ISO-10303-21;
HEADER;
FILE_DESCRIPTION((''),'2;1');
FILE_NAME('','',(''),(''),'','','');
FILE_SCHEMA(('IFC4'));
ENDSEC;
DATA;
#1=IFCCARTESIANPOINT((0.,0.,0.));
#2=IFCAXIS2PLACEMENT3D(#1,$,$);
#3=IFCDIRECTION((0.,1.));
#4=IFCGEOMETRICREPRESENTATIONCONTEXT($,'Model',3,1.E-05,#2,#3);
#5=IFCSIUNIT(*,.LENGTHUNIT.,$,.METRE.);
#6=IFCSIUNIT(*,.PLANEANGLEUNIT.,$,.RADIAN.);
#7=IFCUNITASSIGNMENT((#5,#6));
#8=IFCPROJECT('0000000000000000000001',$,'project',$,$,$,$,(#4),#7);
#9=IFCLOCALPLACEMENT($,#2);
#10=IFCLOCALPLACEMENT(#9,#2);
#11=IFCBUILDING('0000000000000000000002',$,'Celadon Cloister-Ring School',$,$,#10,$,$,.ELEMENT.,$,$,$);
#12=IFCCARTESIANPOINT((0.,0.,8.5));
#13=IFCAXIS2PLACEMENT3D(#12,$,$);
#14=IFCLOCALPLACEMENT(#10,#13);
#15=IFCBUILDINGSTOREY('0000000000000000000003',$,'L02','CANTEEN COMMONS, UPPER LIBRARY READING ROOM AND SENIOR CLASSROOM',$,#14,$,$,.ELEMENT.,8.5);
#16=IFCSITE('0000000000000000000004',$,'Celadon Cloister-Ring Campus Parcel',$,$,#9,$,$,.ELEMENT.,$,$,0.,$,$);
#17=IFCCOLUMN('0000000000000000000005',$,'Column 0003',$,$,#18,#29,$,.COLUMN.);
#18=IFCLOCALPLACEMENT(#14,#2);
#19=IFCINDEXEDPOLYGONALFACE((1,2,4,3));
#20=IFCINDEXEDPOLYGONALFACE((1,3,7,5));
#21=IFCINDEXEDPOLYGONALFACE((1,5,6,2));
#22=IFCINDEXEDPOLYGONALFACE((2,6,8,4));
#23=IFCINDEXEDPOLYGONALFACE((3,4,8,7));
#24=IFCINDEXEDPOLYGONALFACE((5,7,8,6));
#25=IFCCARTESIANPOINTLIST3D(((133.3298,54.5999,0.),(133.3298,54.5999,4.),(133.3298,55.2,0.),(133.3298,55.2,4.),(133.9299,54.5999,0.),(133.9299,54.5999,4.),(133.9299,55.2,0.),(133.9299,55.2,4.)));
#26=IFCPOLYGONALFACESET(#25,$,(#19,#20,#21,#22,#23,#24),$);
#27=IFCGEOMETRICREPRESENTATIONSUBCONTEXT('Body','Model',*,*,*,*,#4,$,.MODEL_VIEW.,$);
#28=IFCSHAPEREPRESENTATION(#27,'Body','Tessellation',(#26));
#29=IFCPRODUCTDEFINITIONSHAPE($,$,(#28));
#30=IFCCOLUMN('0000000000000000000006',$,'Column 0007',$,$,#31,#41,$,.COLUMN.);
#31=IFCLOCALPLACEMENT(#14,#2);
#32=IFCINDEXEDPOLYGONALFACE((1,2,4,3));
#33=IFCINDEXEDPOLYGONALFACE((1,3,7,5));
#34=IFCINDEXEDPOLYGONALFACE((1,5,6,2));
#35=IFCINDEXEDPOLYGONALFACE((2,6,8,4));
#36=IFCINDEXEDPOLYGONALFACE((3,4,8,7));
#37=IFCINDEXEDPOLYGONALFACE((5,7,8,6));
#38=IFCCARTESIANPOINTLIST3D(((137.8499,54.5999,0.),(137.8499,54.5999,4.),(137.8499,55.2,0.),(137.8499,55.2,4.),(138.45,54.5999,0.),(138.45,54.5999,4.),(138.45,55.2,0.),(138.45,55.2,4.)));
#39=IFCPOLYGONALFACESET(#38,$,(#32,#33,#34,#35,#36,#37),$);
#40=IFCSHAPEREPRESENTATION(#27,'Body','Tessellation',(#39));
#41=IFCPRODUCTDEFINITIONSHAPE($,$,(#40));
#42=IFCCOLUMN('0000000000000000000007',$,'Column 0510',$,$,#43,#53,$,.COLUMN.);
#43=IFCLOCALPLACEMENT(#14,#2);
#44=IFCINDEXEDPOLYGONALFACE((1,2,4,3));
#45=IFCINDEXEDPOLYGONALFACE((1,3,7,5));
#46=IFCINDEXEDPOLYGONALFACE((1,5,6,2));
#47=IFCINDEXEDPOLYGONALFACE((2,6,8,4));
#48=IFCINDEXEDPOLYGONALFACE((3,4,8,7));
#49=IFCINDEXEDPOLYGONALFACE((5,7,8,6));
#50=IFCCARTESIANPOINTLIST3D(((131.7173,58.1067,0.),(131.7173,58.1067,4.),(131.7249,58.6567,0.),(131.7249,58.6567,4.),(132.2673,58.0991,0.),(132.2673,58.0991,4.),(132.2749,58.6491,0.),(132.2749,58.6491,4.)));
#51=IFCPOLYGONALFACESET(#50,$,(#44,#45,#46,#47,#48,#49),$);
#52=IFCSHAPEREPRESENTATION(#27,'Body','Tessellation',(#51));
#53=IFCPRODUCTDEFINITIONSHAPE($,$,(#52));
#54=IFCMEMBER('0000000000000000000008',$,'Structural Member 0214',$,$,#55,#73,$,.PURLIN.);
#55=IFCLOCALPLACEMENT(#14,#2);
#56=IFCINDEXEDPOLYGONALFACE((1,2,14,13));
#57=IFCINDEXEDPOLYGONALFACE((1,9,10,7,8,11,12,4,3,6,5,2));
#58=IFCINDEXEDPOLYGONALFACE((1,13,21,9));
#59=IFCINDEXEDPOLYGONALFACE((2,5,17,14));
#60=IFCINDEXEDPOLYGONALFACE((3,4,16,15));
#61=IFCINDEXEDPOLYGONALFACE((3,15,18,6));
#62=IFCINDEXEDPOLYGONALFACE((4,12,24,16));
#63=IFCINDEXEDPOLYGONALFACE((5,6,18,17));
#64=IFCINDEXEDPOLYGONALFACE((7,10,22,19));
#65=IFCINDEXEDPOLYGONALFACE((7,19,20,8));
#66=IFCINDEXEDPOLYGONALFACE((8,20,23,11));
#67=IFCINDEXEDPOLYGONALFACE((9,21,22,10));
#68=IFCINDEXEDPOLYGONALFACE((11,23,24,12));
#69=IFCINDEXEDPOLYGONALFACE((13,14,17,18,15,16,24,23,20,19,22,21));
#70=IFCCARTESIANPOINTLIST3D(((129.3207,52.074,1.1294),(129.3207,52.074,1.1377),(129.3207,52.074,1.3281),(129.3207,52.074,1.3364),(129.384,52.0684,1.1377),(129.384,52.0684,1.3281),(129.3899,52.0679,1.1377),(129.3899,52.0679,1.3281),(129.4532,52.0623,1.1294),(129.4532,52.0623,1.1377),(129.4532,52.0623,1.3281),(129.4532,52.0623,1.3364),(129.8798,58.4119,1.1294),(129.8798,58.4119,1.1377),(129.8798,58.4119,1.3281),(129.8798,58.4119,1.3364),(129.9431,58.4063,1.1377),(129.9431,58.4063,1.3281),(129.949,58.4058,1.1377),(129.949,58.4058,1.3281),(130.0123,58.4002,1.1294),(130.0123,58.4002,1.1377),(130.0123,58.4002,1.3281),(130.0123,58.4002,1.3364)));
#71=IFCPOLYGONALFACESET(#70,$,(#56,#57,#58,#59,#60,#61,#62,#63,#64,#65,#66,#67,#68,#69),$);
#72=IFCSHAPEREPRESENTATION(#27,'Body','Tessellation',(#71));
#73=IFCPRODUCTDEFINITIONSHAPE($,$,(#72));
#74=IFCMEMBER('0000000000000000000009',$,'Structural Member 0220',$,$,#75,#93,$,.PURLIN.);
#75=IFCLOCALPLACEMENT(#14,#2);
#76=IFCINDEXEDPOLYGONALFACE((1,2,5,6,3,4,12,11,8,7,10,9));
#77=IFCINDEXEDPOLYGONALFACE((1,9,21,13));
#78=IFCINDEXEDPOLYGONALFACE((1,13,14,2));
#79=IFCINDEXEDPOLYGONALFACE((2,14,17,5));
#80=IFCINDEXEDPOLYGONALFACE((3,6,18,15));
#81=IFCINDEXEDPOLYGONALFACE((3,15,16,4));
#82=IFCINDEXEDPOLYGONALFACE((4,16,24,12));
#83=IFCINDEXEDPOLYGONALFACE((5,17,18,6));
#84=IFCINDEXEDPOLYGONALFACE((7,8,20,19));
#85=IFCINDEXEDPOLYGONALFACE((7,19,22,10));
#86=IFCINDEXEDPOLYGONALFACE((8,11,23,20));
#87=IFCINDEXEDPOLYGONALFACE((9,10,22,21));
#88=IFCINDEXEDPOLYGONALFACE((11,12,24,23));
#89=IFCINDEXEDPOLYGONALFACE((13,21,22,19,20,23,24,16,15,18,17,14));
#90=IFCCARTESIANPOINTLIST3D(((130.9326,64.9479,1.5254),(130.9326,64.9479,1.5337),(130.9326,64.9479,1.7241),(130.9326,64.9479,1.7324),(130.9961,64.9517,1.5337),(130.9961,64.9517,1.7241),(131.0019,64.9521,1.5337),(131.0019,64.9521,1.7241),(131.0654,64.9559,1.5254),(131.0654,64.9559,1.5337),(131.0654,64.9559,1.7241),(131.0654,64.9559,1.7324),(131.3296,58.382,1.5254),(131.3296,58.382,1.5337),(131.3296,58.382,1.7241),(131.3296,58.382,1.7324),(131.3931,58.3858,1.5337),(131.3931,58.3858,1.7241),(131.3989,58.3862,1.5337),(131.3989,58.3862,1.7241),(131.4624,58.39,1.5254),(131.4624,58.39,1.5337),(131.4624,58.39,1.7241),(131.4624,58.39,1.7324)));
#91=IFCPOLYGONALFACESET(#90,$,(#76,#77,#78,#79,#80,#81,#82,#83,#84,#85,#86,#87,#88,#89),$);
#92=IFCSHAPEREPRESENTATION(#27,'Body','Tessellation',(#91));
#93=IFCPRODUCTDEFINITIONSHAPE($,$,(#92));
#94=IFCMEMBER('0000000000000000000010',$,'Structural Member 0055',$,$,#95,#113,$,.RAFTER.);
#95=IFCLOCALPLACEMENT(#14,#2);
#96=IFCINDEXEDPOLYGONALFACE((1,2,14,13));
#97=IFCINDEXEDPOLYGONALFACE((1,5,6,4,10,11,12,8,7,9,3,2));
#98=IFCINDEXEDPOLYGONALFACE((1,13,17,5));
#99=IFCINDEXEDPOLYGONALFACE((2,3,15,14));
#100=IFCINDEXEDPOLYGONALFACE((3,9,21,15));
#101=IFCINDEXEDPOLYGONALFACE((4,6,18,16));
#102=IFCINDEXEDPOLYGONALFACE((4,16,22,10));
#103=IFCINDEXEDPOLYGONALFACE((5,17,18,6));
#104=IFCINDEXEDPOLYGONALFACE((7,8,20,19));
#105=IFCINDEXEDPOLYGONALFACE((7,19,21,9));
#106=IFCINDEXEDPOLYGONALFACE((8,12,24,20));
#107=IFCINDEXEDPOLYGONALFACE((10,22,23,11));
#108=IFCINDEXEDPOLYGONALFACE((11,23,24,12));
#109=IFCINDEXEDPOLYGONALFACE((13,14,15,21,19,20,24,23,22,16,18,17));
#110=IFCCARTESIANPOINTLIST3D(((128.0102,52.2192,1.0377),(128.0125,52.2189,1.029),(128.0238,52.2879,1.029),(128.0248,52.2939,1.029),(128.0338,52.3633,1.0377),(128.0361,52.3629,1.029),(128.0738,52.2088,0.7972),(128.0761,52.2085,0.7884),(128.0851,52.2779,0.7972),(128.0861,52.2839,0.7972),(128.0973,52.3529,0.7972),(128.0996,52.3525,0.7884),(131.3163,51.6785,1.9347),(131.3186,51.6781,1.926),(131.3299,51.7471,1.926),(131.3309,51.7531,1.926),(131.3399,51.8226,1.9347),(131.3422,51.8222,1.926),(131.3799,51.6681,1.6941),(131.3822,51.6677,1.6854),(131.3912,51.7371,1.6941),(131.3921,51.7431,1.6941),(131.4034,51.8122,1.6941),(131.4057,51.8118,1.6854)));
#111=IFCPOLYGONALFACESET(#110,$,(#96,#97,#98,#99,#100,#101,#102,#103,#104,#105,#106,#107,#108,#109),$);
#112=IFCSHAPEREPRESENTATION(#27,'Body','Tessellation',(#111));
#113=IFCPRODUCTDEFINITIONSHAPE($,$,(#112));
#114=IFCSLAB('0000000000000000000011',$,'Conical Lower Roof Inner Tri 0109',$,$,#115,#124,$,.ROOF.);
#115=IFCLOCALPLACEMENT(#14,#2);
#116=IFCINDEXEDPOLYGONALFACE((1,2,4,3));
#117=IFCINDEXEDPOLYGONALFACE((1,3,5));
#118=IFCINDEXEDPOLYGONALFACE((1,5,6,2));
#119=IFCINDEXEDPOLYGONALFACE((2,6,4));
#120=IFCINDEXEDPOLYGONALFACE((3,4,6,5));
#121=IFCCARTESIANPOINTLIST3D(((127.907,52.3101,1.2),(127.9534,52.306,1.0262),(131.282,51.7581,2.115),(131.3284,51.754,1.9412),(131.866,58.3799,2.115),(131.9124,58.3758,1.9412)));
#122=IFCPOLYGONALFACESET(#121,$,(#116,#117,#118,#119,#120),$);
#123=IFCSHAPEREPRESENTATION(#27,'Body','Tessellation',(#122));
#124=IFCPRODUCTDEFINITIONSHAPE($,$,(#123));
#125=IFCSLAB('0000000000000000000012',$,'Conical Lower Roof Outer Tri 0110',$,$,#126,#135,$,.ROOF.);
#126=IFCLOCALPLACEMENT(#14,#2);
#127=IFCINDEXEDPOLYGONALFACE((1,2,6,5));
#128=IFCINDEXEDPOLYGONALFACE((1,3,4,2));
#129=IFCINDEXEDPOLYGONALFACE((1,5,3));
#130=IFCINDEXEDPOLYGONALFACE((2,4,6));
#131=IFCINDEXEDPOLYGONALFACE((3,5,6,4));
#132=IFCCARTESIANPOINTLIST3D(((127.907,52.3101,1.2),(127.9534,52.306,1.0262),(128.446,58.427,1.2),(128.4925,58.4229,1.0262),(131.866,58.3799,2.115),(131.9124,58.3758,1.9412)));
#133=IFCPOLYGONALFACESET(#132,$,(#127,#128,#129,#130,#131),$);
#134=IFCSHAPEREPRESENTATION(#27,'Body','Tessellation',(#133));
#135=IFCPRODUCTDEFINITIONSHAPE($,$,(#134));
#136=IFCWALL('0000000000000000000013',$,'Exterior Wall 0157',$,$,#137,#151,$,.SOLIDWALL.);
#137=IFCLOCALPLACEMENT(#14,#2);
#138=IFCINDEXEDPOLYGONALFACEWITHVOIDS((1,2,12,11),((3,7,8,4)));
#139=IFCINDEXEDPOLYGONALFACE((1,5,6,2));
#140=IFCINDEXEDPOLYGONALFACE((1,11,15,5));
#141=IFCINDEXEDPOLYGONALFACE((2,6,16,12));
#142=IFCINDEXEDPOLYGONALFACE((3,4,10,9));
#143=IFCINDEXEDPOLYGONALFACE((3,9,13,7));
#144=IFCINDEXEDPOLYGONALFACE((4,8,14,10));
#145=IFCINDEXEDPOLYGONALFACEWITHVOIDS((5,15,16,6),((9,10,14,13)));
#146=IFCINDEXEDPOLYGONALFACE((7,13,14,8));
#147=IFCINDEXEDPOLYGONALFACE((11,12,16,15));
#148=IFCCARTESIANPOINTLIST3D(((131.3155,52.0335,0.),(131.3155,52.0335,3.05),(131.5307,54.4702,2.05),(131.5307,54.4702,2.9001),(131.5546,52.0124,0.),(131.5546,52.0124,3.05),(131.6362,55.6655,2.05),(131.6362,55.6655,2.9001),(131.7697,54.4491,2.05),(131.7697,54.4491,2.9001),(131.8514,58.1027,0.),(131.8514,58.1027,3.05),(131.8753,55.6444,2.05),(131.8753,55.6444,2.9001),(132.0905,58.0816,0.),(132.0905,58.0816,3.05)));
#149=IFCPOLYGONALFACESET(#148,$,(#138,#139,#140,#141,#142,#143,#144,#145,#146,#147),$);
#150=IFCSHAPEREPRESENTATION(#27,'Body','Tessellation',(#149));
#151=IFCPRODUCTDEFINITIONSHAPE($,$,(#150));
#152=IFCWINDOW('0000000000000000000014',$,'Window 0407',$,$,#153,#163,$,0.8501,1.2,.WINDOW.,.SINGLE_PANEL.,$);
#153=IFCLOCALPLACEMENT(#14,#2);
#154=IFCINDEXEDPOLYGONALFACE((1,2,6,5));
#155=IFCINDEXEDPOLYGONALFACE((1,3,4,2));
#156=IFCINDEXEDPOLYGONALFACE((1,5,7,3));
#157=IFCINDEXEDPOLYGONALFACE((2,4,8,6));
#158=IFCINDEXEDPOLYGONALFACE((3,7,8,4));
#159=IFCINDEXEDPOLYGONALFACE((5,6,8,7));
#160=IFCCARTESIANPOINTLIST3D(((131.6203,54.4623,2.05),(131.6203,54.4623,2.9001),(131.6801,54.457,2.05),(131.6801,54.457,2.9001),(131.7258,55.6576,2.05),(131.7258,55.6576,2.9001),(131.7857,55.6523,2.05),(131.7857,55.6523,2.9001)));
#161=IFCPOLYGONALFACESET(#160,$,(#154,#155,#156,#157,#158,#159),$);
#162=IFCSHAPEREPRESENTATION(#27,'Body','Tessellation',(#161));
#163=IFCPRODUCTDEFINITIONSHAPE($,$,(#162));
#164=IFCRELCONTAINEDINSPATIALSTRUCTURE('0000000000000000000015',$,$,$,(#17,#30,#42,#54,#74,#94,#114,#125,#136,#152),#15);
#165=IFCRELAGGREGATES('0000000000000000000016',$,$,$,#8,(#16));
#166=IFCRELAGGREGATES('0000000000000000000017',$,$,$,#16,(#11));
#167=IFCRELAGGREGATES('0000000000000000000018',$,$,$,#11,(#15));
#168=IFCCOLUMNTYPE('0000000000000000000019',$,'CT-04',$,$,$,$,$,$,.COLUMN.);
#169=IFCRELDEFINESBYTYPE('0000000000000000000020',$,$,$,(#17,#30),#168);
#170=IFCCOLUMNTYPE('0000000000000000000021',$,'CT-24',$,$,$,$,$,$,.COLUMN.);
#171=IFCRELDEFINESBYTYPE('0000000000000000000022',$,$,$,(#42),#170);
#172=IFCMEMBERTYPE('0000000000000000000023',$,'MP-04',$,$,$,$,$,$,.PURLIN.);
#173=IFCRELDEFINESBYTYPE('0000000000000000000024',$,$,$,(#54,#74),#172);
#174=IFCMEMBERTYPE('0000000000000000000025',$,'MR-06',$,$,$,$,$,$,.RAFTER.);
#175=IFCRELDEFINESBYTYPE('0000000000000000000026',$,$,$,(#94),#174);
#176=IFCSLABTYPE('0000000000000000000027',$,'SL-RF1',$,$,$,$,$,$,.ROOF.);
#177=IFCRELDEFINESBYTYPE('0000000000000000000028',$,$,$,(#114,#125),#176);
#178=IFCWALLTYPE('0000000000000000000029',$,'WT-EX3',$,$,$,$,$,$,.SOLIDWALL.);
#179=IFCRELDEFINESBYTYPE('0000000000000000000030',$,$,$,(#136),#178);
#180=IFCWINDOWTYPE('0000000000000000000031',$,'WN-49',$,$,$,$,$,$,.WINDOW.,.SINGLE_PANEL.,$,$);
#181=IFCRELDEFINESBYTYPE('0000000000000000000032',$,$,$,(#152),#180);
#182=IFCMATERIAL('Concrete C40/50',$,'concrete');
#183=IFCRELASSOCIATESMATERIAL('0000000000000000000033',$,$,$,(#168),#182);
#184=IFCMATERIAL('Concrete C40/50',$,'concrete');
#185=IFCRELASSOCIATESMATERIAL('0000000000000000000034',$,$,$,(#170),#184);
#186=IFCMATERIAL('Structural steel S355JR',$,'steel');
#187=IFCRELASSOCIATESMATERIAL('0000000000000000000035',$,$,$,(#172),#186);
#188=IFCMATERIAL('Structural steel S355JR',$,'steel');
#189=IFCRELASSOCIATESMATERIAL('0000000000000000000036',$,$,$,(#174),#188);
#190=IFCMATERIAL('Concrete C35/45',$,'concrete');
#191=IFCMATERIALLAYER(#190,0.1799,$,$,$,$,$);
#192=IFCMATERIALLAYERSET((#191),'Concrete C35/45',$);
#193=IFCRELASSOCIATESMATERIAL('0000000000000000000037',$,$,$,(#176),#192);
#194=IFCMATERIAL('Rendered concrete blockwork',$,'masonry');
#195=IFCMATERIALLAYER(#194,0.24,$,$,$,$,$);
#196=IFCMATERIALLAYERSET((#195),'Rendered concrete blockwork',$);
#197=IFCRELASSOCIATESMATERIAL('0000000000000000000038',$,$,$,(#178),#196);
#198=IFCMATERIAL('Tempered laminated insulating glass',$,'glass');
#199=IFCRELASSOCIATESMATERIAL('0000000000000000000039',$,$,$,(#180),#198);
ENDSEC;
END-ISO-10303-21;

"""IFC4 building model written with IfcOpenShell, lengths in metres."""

from ifc_helpers import new_model, si_unit, direction, frame, frame_2d, origin, origin_2d, place, context, subcontext, project, spatial, polyline, rectangle, i_section, outline, extrude, material, layer, layer_set, material_profile, profile_set, type_object, element, fill, save


model = new_model("IFC4")

# Units and contexts
model_context = context("Model", 3, precision=1e-05, world=origin(), true_north=direction((0.0, 1.0)))
body_context = subcontext(model_context, "Body", "Model", "MODEL_VIEW")
ifc_project = project(units=[si_unit("LENGTHUNIT", "METRE"), si_unit("PLANEANGLEUNIT", "RADIAN")], contexts=[model_context])

# Site, building, storey
site_placement = place(None, origin())
site = spatial("IfcSite", under=ifc_project, at=site_placement, Name="Celadon Cloister-Ring Campus Parcel", CompositionType="ELEMENT", RefElevation=0.0)
building_placement = place(site_placement, origin())
building = spatial("IfcBuilding", under=site, at=building_placement, Name="Celadon Cloister-Ring School", CompositionType="ELEMENT")
storey_placement = place(building_placement, frame((0.0, 0.0, 8.5)))
storey = spatial("IfcBuildingStorey", under=building, at=storey_placement, Name="L02", Description="CANTEEN COMMONS, UPPER LIBRARY READING ROOM AND SENIOR CLASSROOM", CompositionType="ELEMENT", Elevation=8.5)

# Columns
ifc_material_1 = material(Name="Concrete C40/50", Category="concrete")
ifc_material_profile_1 = material_profile(ifc_material_1, rectangle(XDim=0.6001, YDim=0.6001, at=origin_2d()), Name="RC600X600")
ifc_profile_set_1 = profile_set([ifc_material_profile_1], Name="Concrete C40/50")
column_type_1 = type_object("IfcColumnType", Name="CT-04", PredefinedType="COLUMN", material=ifc_profile_set_1)
for number, where, z_axis, x_axis, name in (
    (1, (133.6299, 54.8999, 0.0), (0.0, 0.0, 1.0), (1.0, 0.0, 0.0), "Column 0003"),
    (2, (138.1499, 54.8999, 0.0), (0.0, 0.0, 1.0), (1.0, 0.0, 0.0), "Column 0007"),
):
    element("IfcColumn", number, at=place(storey_placement, frame(where, z_axis=z_axis, x_axis=x_axis)), inside=storey, type_object=column_type_1, Name=name, PredefinedType="COLUMN", context=body_context, shape_type="SweptSolid", body=[
        extrude(rectangle(XDim=0.6001, YDim=0.6001, at=origin_2d()), origin(), (0.0, 0.0, 1.0), 4.0),
    ])
ifc_material_2 = material(Name="Concrete C40/50", Category="concrete")
ifc_material_profile_2 = material_profile(ifc_material_2, rectangle(XDim=0.55, YDim=0.55, at=origin_2d()), Name="RC550X550")
ifc_profile_set_2 = profile_set([ifc_material_profile_2], Name="Concrete C40/50")
column_type_2 = type_object("IfcColumnType", Name="CT-24", PredefinedType="COLUMN", material=ifc_profile_set_2)
column_placement = place(storey_placement, frame((131.9961, 58.3779, 0.0), z_axis=(0.0, 0.0, 1.0), x_axis=(0.999904, -0.013823, 0.0)))
element("IfcColumn", 3, at=column_placement, inside=storey, type_object=column_type_2, Name="Column 0510", PredefinedType="COLUMN", context=body_context, shape_type="SweptSolid", body=[
    extrude(rectangle(XDim=0.55, YDim=0.55, at=origin_2d()), origin(), (0.0, 0.0, 1.0), 4.0),
])

# Members
ifc_material_3 = material(Name="Structural steel S355JR", Category="steel")
ifc_material_profile_3 = material_profile(ifc_material_3, i_section(OverallWidth=0.1331, OverallDepth=0.207, WebThickness=0.0059, FlangeThickness=0.0083, at=origin_2d()), Name="W200X27")
ifc_profile_set_3 = profile_set([ifc_material_profile_3], Name="Structural steel S355JR")
member_type_1 = type_object("IfcMemberType", Name="MP-04", PredefinedType="PURLIN", material=ifc_profile_set_3)
member_1_placement = place(storey_placement, frame((129.387, 52.0681, 1.2329), z_axis=(0.087871, 0.996132, 0.0), x_axis=(-0.996132, 0.087871, 0.0)))
element("IfcMember", 4, at=member_1_placement, inside=storey, type_object=member_type_1, Name="Structural Member 0214", PredefinedType="PURLIN", context=body_context, shape_type="SweptSolid", body=[
    extrude(i_section(OverallWidth=0.1331, OverallDepth=0.207, WebThickness=0.0059, FlangeThickness=0.0083, at=origin_2d()), origin(), (0.0, 0.0, 1.0), 6.3625),
])
member_2_placement = place(storey_placement, frame((131.396, 58.386, 1.6289), z_axis=(-0.060349, 0.998177, 0.0), x_axis=(-0.998177, -0.060349, 0.0)))
element("IfcMember", 5, at=member_2_placement, inside=storey, type_object=member_type_1, Name="Structural Member 0220", PredefinedType="PURLIN", context=body_context, shape_type="SweptSolid", body=[
    extrude(i_section(OverallWidth=0.1331, OverallDepth=0.207, WebThickness=0.0059, FlangeThickness=0.0083, at=origin_2d()), origin(), (0.0, 0.0, 1.0), 6.5779),
])
ifc_material_4 = material(Name="Structural steel S355JR", Category="steel")
ifc_material_profile_4 = material_profile(ifc_material_4, i_section(OverallWidth=0.146, OverallDepth=0.2581, WebThickness=0.0061, FlangeThickness=0.009, at=origin_2d()), Name="W250X33")
ifc_profile_set_4 = profile_set([ifc_material_profile_4], Name="Structural steel S355JR")
member_type_2 = type_object("IfcMemberType", Name="MR-06", PredefinedType="RAFTER", material=ifc_profile_set_4)
member_3_placement = place(storey_placement, frame((128.0549, 52.2859, 0.9131), z_axis=(0.953307, -0.155928, 0.258636), x_axis=(0.16142, 0.986886, 0.0)))
element("IfcMember", 6, at=member_3_placement, inside=storey, type_object=member_type_2, Name="Structural Member 0055", PredefinedType="RAFTER", context=body_context, shape_type="SweptSolid", body=[
    extrude(i_section(OverallWidth=0.146, OverallDepth=0.2581, WebThickness=0.0061, FlangeThickness=0.009, at=origin_2d()), origin(), (0.0, 0.0, 1.0), 3.468),
])

# Slabs
ifc_material_5 = material(Name="Concrete C35/45", Category="concrete")
ifc_layer_1 = layer(ifc_material_5, 0.1799)
ifc_layer_set_1 = layer_set([ifc_layer_1], Name="Concrete C35/45")
slab_type = type_object("IfcSlabType", Name="SL-RF1", PredefinedType="ROOF", material=ifc_layer_set_1)
slab_1_placement = place(storey_placement, frame((127.907, 52.3101, 1.2), z_axis=(-0.258138, 0.022765, 0.96584), x_axis=(0.953351, -0.155926, 0.258475)))
element("IfcSlab", 7, at=slab_1_placement, inside=storey, type_object=slab_type, Name="Conical Lower Roof Inner Tri 0109", PredefinedType="ROOF", context=body_context, shape_type="SweptSolid", body=[
    extrude(outline(polyline([(0.0, 0.0), (3.5401, 0.0), (3.0644, 6.6305), (0.0, 0.0)])), origin(), (0.0, 0.0, -1.0), 0.1799),
])
slab_2_placement = place(storey_placement, frame((127.907, 52.3101, 1.2), z_axis=(-0.25811, 0.022746, 0.965848), x_axis=(0.542003, 0.830987, 0.125273)))
element("IfcSlab", 8, at=slab_2_placement, inside=storey, type_object=slab_type, Name="Conical Lower Roof Outer Tri 0110", PredefinedType="ROOF", context=body_context, shape_type="SweptSolid", body=[
    extrude(outline(polyline([(0.0, 0.0), (7.3044, 0.0), (5.3753, 2.9688), (0.0, 0.0)])), origin(), (0.0, 0.0, -1.0), 0.1799),
])

# Wall, opening, window
ifc_material_6 = material(Name="Rendered concrete blockwork", Category="masonry")
ifc_layer_2 = layer(ifc_material_6, 0.24)
ifc_layer_set_2 = layer_set([ifc_layer_2], Name="Rendered concrete blockwork")
wall_type_1 = type_object("IfcWallType", Name="WT-EX3", PredefinedType="SOLIDWALL", material=ifc_layer_set_2)
wall_1_placement = place(storey_placement, frame((131.4351, 52.0229, 0.0), z_axis=(0.0, 0.0, 1.0), x_axis=(0.087956, 0.996124, 0.0)))
wall_1 = element("IfcWall", 9, at=wall_1_placement, inside=storey, type_object=wall_type_1, Name="Exterior Wall 0157", PredefinedType="SOLIDWALL", context=body_context, shape_type="SweptSolid", body=[
    extrude(rectangle(XDim=6.0928, YDim=0.24, at=frame_2d((3.0464, 0.0))), origin(), (0.0, 0.0, 1.0), 3.05),
])
opening_1_placement = place(wall_1_placement, frame((2.446, 0.0, 2.05)))
opening_1 = element("IfcOpeningElement", 10, at=opening_1_placement, cuts=wall_1, PredefinedType="OPENING", context=body_context, shape_type="SweptSolid", body=[
    extrude(rectangle(XDim=1.2, YDim=0.8501, at=frame_2d((0.6001, 0.425))), frame((0.0, 0.1299, 0.0), z_axis=(0.0, -1.0, 0.0), x_axis=(1.0, 0.0, 0.0)), (0.0, 0.0, 1.0), 0.26),
])
ifc_material_7 = material(Name="Tempered laminated insulating glass", Category="glass")
window_type_1 = type_object("IfcWindowType", Name="WN-49", PartitioningType="SINGLE_PANEL", PredefinedType="WINDOW", material=ifc_material_7)
window_1_placement = place(opening_1_placement, origin())
window_1 = element("IfcWindow", 11, at=window_1_placement, inside=storey, type_object=window_type_1, Name="Window 0407", OverallHeight=0.8501, OverallWidth=1.2, PartitioningType="SINGLE_PANEL", PredefinedType="WINDOW", context=body_context, shape_type="SweptSolid", body=[
    extrude(rectangle(XDim=1.2, YDim=0.8501, at=frame_2d((0.6001, 0.425))), frame((0.0, 0.03, 0.0), z_axis=(0.0, -1.0, 0.0), x_axis=(1.0, 0.0, 0.0)), (0.0, 0.0, 1.0), 0.0601),
])
fill(opening_1, window_1)

save(model, "model.ifc")
